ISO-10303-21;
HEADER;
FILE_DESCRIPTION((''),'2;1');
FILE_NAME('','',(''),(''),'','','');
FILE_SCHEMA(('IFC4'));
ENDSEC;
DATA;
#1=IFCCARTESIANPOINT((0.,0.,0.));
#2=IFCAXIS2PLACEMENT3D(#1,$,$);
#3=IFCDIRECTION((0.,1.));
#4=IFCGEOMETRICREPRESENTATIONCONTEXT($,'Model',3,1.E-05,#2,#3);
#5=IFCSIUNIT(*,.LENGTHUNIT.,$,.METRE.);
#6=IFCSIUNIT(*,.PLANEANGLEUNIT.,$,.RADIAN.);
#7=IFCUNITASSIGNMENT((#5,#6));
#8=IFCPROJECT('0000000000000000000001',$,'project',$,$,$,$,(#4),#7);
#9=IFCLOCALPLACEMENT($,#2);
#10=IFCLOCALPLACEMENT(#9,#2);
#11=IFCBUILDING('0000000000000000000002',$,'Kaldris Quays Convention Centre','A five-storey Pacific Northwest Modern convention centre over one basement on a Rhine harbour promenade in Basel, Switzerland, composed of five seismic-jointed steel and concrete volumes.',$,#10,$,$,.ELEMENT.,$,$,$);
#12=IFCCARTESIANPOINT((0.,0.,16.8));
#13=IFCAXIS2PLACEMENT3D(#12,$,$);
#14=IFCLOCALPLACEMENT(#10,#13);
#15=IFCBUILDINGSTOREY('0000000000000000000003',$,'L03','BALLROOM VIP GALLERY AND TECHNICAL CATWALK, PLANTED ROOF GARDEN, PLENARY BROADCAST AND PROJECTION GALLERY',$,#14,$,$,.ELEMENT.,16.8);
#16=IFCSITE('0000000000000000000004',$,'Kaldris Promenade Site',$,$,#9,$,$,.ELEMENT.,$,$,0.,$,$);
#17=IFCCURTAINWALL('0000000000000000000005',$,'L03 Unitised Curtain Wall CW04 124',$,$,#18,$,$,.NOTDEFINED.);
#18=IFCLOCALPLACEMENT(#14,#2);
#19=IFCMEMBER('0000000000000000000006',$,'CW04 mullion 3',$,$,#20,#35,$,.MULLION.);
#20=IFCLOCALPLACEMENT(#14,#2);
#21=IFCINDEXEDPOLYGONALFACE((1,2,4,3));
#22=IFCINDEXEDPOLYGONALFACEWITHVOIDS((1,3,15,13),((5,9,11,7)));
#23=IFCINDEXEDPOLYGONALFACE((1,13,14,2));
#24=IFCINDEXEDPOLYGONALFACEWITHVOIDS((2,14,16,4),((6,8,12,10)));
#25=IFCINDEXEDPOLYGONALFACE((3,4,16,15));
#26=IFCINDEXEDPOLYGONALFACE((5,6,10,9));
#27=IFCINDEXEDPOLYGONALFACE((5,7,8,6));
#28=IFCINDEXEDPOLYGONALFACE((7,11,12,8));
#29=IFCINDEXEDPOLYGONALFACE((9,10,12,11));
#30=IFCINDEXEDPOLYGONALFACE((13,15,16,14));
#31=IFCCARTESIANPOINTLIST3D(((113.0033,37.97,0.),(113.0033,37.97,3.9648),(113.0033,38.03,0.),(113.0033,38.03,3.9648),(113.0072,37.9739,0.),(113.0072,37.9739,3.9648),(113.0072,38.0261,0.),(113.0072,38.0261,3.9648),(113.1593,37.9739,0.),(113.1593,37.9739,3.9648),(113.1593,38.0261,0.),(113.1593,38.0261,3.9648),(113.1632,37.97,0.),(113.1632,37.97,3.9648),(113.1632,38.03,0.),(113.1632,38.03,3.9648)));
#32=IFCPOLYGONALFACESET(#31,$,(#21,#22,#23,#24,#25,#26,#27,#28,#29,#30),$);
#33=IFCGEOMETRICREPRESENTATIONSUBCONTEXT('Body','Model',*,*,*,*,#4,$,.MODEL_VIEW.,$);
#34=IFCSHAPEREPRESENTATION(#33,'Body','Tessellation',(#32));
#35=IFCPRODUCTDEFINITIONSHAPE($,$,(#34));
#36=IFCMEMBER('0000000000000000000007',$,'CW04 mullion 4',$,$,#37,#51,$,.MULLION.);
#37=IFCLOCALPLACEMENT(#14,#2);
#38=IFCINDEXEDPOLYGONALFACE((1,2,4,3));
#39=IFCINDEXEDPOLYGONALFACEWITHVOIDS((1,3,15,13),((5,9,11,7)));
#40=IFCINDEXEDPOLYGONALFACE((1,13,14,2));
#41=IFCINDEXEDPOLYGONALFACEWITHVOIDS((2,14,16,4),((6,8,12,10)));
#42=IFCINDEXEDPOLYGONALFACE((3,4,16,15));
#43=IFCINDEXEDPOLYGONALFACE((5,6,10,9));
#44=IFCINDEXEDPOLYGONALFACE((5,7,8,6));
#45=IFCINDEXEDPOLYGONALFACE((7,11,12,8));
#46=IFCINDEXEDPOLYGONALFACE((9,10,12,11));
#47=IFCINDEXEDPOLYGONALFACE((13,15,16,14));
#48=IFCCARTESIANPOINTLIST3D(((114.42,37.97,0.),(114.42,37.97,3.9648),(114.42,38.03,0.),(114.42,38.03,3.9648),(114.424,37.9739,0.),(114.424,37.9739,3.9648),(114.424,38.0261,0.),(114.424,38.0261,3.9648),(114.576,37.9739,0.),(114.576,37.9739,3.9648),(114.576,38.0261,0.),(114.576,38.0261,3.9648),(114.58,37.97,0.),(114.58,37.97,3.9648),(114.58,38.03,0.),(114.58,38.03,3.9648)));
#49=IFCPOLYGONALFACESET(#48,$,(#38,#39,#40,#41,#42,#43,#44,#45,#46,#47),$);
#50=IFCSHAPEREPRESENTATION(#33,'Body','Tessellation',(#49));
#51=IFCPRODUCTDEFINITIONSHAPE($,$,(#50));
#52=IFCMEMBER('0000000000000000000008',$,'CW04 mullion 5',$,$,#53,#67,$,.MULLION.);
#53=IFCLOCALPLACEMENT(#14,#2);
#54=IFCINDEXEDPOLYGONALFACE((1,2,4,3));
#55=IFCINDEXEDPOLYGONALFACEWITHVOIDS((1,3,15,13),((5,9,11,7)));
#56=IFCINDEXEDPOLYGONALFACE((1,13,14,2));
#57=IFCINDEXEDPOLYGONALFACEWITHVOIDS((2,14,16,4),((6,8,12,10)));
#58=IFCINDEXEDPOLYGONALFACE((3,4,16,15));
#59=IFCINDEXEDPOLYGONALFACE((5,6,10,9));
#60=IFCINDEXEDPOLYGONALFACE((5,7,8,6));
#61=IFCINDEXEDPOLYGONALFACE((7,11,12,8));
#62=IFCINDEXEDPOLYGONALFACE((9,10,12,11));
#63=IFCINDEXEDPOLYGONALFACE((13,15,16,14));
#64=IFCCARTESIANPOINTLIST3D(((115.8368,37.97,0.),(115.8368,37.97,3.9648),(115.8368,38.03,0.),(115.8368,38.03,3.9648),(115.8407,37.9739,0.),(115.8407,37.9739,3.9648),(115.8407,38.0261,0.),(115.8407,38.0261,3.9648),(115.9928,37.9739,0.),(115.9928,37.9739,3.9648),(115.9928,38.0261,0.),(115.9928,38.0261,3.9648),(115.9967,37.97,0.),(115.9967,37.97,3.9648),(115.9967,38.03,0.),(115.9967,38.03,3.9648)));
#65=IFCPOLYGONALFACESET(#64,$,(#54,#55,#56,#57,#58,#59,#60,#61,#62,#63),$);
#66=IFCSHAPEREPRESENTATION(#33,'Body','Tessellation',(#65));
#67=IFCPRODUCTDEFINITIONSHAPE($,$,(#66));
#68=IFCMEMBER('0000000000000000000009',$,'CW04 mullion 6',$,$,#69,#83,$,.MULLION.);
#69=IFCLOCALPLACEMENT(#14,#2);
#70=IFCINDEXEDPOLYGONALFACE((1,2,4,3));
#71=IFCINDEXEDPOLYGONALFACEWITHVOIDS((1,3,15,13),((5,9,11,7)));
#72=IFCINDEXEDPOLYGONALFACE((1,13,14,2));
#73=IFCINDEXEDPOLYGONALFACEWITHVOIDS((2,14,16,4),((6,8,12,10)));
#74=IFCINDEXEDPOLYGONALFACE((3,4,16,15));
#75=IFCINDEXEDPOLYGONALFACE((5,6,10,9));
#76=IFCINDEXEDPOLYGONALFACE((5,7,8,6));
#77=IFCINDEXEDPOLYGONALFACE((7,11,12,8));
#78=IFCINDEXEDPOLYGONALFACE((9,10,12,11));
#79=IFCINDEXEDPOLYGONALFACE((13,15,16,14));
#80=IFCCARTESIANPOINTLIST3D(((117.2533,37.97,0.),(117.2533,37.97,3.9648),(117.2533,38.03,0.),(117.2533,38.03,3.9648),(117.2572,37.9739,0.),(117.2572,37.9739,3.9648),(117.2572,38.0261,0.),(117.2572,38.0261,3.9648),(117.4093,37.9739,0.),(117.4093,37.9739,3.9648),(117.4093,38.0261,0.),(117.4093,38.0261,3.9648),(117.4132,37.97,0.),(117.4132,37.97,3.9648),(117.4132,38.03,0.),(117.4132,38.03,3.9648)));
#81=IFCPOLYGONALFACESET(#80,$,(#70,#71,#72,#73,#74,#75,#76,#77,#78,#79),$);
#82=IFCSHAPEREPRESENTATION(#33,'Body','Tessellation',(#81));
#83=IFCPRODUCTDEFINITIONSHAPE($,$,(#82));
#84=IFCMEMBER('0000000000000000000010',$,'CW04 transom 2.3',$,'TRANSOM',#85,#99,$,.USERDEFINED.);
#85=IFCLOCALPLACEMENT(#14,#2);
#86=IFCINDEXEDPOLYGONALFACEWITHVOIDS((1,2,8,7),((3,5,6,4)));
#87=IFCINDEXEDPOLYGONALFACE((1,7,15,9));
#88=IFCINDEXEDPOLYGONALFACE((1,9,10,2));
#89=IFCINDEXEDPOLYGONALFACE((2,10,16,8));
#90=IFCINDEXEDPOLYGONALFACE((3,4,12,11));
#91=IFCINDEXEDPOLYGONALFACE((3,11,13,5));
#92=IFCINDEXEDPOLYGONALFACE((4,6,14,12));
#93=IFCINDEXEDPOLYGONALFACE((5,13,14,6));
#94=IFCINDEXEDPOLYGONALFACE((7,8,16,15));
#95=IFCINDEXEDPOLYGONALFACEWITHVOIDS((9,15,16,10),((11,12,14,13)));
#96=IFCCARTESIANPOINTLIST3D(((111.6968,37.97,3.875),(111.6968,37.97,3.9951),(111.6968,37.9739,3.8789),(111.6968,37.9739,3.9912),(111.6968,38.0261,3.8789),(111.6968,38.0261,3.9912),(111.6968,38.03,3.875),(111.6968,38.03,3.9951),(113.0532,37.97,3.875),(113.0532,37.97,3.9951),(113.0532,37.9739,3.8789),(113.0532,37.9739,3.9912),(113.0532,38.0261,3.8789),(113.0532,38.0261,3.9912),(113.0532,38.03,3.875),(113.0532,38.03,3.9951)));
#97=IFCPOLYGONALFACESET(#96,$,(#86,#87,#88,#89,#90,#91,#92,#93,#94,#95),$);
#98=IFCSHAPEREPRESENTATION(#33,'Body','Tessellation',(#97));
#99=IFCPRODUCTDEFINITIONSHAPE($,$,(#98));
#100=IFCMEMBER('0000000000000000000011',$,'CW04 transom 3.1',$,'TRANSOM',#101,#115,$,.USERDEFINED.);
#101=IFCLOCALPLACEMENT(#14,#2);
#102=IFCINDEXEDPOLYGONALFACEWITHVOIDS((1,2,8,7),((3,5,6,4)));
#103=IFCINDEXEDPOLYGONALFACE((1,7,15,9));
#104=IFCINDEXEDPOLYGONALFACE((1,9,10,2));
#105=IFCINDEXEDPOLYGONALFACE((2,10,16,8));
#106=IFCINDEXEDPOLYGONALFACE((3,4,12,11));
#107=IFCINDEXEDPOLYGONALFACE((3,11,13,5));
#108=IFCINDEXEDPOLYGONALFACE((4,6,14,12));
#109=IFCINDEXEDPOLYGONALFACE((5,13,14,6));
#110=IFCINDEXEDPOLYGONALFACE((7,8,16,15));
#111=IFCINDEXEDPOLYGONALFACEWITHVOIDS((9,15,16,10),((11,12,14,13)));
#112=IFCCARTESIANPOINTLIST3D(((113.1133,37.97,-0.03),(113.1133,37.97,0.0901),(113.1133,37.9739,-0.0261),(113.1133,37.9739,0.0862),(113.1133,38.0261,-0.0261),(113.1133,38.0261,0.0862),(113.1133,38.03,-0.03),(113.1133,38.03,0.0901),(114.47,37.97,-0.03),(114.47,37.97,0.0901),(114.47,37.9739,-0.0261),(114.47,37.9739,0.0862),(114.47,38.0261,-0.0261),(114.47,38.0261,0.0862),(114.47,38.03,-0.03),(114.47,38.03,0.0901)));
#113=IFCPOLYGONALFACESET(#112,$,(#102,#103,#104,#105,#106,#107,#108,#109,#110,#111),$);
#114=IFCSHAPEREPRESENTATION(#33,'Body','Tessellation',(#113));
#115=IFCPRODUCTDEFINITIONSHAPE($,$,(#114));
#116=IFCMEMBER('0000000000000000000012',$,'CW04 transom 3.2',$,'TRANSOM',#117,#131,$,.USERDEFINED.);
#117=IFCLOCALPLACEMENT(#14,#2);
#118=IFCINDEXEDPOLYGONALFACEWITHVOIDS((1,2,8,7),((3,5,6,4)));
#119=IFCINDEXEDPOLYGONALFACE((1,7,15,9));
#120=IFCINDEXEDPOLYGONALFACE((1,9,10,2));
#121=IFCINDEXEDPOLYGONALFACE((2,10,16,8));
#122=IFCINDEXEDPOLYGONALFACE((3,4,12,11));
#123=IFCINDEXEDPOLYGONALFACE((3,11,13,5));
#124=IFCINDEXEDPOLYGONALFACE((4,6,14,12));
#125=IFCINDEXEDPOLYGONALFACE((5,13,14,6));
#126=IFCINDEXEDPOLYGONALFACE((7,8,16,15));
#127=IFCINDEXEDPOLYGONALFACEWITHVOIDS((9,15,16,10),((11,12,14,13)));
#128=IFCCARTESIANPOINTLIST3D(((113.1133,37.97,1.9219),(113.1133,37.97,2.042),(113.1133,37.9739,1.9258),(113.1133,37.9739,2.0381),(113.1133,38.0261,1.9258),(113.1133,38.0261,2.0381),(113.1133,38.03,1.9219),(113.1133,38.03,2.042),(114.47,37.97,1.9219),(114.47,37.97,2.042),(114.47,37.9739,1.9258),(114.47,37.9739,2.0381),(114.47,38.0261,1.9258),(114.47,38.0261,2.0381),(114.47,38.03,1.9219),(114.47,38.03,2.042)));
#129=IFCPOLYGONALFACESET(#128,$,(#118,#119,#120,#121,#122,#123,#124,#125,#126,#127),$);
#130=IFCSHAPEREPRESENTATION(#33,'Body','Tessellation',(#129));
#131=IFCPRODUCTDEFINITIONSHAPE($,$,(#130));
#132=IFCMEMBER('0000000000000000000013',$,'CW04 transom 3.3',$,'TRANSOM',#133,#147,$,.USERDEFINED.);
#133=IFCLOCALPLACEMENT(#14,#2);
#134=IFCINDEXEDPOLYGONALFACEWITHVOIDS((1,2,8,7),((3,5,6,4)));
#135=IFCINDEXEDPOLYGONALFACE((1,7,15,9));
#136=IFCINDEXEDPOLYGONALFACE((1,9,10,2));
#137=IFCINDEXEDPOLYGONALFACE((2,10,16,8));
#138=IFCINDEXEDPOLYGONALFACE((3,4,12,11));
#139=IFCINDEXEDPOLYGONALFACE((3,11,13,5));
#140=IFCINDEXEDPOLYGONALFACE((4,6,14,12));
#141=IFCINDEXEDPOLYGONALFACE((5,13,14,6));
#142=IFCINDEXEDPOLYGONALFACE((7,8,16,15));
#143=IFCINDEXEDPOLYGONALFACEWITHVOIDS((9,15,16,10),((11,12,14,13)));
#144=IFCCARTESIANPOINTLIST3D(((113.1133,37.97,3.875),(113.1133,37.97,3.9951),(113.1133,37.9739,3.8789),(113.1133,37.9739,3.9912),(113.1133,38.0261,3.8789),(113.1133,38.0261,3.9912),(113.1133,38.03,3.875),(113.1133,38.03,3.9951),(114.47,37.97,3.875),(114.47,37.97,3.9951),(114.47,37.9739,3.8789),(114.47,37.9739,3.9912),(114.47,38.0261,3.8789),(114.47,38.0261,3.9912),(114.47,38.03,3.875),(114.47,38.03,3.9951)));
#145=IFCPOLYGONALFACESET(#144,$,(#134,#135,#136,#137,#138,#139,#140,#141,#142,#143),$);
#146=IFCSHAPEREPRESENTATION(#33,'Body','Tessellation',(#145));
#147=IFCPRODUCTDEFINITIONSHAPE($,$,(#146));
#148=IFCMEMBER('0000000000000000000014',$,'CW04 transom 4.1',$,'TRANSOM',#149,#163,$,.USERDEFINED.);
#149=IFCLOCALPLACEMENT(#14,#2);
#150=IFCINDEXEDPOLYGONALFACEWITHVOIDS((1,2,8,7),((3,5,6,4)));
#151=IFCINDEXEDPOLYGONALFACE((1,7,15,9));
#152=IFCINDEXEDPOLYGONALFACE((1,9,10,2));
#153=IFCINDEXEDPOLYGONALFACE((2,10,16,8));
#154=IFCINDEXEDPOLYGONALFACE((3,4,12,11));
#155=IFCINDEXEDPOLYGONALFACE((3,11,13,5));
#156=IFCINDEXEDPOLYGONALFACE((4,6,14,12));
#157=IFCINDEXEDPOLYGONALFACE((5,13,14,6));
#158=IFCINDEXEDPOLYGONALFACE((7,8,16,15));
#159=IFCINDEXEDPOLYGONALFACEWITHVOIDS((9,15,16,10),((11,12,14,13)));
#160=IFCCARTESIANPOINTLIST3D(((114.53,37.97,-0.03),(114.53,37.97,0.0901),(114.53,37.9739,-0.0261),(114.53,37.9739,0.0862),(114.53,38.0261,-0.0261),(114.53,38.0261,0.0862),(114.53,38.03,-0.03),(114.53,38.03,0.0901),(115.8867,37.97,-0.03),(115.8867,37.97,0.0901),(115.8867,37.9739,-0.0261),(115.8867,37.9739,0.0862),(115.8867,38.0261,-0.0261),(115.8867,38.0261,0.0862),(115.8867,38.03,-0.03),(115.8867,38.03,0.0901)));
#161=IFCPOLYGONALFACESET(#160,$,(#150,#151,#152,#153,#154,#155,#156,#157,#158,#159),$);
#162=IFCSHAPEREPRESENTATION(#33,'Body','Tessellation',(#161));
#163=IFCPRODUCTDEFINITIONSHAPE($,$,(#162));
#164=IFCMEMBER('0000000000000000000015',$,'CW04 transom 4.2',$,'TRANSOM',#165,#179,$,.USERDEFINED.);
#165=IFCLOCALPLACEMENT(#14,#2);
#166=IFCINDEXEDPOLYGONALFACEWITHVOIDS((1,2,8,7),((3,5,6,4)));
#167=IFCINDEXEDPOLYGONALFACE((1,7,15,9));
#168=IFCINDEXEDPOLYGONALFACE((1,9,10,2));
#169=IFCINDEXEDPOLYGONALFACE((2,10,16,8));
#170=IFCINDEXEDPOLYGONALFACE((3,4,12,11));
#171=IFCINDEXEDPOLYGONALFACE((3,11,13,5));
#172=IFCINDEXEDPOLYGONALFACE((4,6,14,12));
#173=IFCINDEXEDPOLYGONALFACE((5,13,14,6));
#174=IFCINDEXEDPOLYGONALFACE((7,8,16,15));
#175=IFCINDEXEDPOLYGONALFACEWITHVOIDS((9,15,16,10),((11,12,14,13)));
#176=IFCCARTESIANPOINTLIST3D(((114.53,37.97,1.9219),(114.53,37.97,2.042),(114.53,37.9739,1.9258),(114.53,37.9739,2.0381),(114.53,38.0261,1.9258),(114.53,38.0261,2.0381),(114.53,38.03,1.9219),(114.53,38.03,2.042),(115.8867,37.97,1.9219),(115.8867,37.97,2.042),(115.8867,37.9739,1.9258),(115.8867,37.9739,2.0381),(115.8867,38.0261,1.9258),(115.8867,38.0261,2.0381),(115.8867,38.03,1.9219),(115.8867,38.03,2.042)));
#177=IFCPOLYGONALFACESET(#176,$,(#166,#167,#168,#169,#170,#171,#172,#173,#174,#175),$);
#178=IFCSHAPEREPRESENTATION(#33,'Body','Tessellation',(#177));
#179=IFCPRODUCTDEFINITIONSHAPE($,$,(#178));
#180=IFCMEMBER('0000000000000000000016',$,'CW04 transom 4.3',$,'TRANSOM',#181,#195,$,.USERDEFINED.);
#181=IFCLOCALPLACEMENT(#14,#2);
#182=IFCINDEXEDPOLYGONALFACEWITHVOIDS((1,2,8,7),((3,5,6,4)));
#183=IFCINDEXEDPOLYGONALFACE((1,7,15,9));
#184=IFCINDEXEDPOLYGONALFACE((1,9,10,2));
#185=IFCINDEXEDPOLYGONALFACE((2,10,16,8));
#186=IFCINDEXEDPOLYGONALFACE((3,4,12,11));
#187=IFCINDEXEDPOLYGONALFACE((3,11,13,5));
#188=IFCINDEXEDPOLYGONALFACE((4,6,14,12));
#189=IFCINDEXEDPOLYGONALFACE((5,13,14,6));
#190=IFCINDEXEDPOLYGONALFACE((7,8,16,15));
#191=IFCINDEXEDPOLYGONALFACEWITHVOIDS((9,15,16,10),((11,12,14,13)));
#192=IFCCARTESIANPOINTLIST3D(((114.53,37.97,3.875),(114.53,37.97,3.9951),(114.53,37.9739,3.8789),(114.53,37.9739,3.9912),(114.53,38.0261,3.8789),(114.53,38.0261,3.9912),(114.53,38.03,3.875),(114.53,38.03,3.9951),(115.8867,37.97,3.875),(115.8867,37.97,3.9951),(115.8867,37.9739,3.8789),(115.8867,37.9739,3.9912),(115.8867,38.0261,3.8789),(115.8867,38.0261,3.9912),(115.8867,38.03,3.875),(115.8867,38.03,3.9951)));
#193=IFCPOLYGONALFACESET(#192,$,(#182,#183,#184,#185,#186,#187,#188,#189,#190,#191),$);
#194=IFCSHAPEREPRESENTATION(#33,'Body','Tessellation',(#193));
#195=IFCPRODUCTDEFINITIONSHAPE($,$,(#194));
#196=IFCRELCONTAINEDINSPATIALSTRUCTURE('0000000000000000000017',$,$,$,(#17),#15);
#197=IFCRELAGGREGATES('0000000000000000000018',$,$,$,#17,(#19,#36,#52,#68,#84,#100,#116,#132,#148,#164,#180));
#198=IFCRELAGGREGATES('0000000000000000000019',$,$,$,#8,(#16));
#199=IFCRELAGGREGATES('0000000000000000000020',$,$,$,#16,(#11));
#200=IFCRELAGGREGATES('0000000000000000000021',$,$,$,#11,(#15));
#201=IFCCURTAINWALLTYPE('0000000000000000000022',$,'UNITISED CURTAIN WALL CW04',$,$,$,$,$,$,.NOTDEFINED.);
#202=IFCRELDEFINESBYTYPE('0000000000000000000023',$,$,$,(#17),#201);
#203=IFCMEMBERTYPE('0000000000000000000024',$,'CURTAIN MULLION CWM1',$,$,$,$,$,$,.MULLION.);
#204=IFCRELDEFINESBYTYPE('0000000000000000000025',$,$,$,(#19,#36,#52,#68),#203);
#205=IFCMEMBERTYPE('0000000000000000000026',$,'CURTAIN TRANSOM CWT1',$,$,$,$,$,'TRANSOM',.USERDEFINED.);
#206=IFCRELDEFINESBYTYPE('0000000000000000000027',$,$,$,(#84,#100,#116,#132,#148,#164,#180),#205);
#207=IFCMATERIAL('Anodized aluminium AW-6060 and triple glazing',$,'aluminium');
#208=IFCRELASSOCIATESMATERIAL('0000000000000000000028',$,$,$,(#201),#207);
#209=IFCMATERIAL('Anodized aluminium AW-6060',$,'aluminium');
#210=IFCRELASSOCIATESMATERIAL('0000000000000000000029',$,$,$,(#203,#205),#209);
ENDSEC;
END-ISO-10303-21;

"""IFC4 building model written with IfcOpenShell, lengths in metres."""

from ifc_helpers import new_model, si_unit, direction, frame, origin, origin_2d, place, context, subcontext, project, spatial, hollow_rectangle, extrude, material, material_profile, profile_set, type_object, element, aggregate, save


model = new_model("IFC4")

# Units and contexts
model_context = context("Model", 3, precision=1e-05, world=origin(), true_north=direction((0.0, 1.0)))
body_context = subcontext(model_context, "Body", "Model", "MODEL_VIEW")
ifc_project = project(units=[si_unit("LENGTHUNIT", "METRE"), si_unit("PLANEANGLEUNIT", "RADIAN")], contexts=[model_context])

# Site, building, storey
site_placement = place(None, origin())
site = spatial("IfcSite", under=ifc_project, at=site_placement, Name="Kaldris Promenade Site", CompositionType="ELEMENT", RefElevation=0.0)
building_placement = place(site_placement, origin())
building = spatial("IfcBuilding", under=site, at=building_placement, Name="Kaldris Quays Convention Centre", Description="A five-storey Pacific Northwest Modern convention centre over one basement on a Rhine harbour promenade in Basel, Switzerland, composed of five seismic-jointed steel and concrete volumes.", CompositionType="ELEMENT")
storey_placement = place(building_placement, frame((0.0, 0.0, 16.8)))
storey = spatial("IfcBuildingStorey", under=building, at=storey_placement, Name="L03", Description="BALLROOM VIP GALLERY AND TECHNICAL CATWALK, PLANTED ROOF GARDEN, PLENARY BROADCAST AND PROJECTION GALLERY", CompositionType="ELEMENT", Elevation=16.8)

# Curtain wall, members
ifc_material_1 = material(Name="Anodized aluminium AW-6060 and triple glazing", Category="aluminium")
curtain_wall_type = type_object("IfcCurtainWallType", Name="UNITISED CURTAIN WALL CW04", PredefinedType="NOTDEFINED", material=ifc_material_1)
curtain_wall_placement = place(storey_placement, origin())
curtain_wall = element("IfcCurtainWall", 1, at=curtain_wall_placement, inside=storey, type_object=curtain_wall_type, Name="L03 Unitised Curtain Wall CW04 124", PredefinedType="NOTDEFINED")
ifc_material_2 = material(Name="Anodized aluminium AW-6060", Category="aluminium")
ifc_material_profile_1 = material_profile(ifc_material_2, hollow_rectangle(XDim=0.0601, YDim=0.1599, WallThickness=0.0039, at=origin_2d()), Name="RHS 160x60x4")
ifc_profile_set_1 = profile_set([ifc_material_profile_1], Name="Anodized aluminium AW-6060")
member_type_1 = type_object("IfcMemberType", Name="CURTAIN MULLION CWM1", PredefinedType="MULLION", material=ifc_profile_set_1)
member_1_placement = place(storey_placement, frame((113.0833, 38.0, 0.0), z_axis=(0.0, 0.0, 1.0), x_axis=(0.0, 1.0, 0.0)))
member_1 = element("IfcMember", 2, at=member_1_placement, type_object=member_type_1, Name="CW04 mullion 3", PredefinedType="MULLION", context=body_context, shape_type="SweptSolid", body=[
    extrude(hollow_rectangle(XDim=0.0601, YDim=0.1599, WallThickness=0.0039, at=origin_2d()), origin(), (0.0, 0.0, 1.0), 3.9648),
])
member_2_placement = place(storey_placement, frame((114.5, 38.0, 0.0), z_axis=(0.0, 0.0, 1.0), x_axis=(0.0, 1.0, 0.0)))
member_2 = element("IfcMember", 3, at=member_2_placement, type_object=member_type_1, Name="CW04 mullion 4", PredefinedType="MULLION", context=body_context, shape_type="SweptSolid", body=[
    extrude(hollow_rectangle(XDim=0.0601, YDim=0.1599, WallThickness=0.0039, at=origin_2d()), origin(), (0.0, 0.0, 1.0), 3.9648),
])
member_3_placement = place(storey_placement, frame((115.9167, 38.0, 0.0), z_axis=(0.0, 0.0, 1.0), x_axis=(0.0, 1.0, 0.0)))
member_3 = element("IfcMember", 4, at=member_3_placement, type_object=member_type_1, Name="CW04 mullion 5", PredefinedType="MULLION", context=body_context, shape_type="SweptSolid", body=[
    extrude(hollow_rectangle(XDim=0.0601, YDim=0.1599, WallThickness=0.0039, at=origin_2d()), origin(), (0.0, 0.0, 1.0), 3.9648),
])
member_4_placement = place(storey_placement, frame((117.3333, 38.0, 0.0), z_axis=(0.0, 0.0, 1.0), x_axis=(0.0, 1.0, 0.0)))
member_4 = element("IfcMember", 5, at=member_4_placement, type_object=member_type_1, Name="CW04 mullion 6", PredefinedType="MULLION", context=body_context, shape_type="SweptSolid", body=[
    extrude(hollow_rectangle(XDim=0.0601, YDim=0.1599, WallThickness=0.0039, at=origin_2d()), origin(), (0.0, 0.0, 1.0), 3.9648),
])
ifc_material_profile_2 = material_profile(ifc_material_2, hollow_rectangle(XDim=0.0601, YDim=0.1201, WallThickness=0.0039, at=origin_2d()), Name="RHS 120x60x4")
ifc_profile_set_2 = profile_set([ifc_material_profile_2], Name="Anodized aluminium AW-6060")
member_type_2 = type_object("IfcMemberType", Name="CURTAIN TRANSOM CWT1", ElementType="TRANSOM", PredefinedType="USERDEFINED", material=ifc_profile_set_2)
member_5_placement = place(storey_placement, frame((111.6968, 38.0, 3.9351), z_axis=(1.0, 0.0, 0.0), x_axis=(0.0, 1.0, 0.0)))
member_5 = element("IfcMember", 6, at=member_5_placement, type_object=member_type_2, Name="CW04 transom 2.3", ObjectType="TRANSOM", PredefinedType="USERDEFINED", context=body_context, shape_type="SweptSolid", body=[
    extrude(hollow_rectangle(XDim=0.0601, YDim=0.1201, WallThickness=0.0039, at=origin_2d()), origin(), (0.0, 0.0, 1.0), 1.3564),
])
member_6_placement = place(storey_placement, frame((113.1133, 38.0, 0.03), z_axis=(1.0, 0.0, 0.0), x_axis=(0.0, 1.0, 0.0)))
member_6 = element("IfcMember", 7, at=member_6_placement, type_object=member_type_2, Name="CW04 transom 3.1", ObjectType="TRANSOM", PredefinedType="USERDEFINED", context=body_context, shape_type="SweptSolid", body=[
    extrude(hollow_rectangle(XDim=0.0601, YDim=0.1201, WallThickness=0.0039, at=origin_2d()), origin(), (0.0, 0.0, 1.0), 1.3567),
])
member_7_placement = place(storey_placement, frame((113.1133, 38.0, 1.9819), z_axis=(1.0, 0.0, 0.0), x_axis=(0.0, 1.0, 0.0)))
member_7 = element("IfcMember", 8, at=member_7_placement, type_object=member_type_2, Name="CW04 transom 3.2", ObjectType="TRANSOM", PredefinedType="USERDEFINED", context=body_context, shape_type="SweptSolid", body=[
    extrude(hollow_rectangle(XDim=0.0601, YDim=0.1201, WallThickness=0.0039, at=origin_2d()), origin(), (0.0, 0.0, 1.0), 1.3567),
])
member_8_placement = place(storey_placement, frame((113.1133, 38.0, 3.9351), z_axis=(1.0, 0.0, 0.0), x_axis=(0.0, 1.0, 0.0)))
member_8 = element("IfcMember", 9, at=member_8_placement, type_object=member_type_2, Name="CW04 transom 3.3", ObjectType="TRANSOM", PredefinedType="USERDEFINED", context=body_context, shape_type="SweptSolid", body=[
    extrude(hollow_rectangle(XDim=0.0601, YDim=0.1201, WallThickness=0.0039, at=origin_2d()), origin(), (0.0, 0.0, 1.0), 1.3567),
])
member_9_placement = place(storey_placement, frame((114.53, 38.0, 0.03), z_axis=(1.0, 0.0, 0.0), x_axis=(0.0, 1.0, 0.0)))
member_9 = element("IfcMember", 10, at=member_9_placement, type_object=member_type_2, Name="CW04 transom 4.1", ObjectType="TRANSOM", PredefinedType="USERDEFINED", context=body_context, shape_type="SweptSolid", body=[
    extrude(hollow_rectangle(XDim=0.0601, YDim=0.1201, WallThickness=0.0039, at=origin_2d()), origin(), (0.0, 0.0, 1.0), 1.3567),
])
member_10_placement = place(storey_placement, frame((114.53, 38.0, 1.9819), z_axis=(1.0, 0.0, 0.0), x_axis=(0.0, 1.0, 0.0)))
member_10 = element("IfcMember", 11, at=member_10_placement, type_object=member_type_2, Name="CW04 transom 4.2", ObjectType="TRANSOM", PredefinedType="USERDEFINED", context=body_context, shape_type="SweptSolid", body=[
    extrude(hollow_rectangle(XDim=0.0601, YDim=0.1201, WallThickness=0.0039, at=origin_2d()), origin(), (0.0, 0.0, 1.0), 1.3567),
])
member_11_placement = place(storey_placement, frame((114.53, 38.0, 3.9351), z_axis=(1.0, 0.0, 0.0), x_axis=(0.0, 1.0, 0.0)))
member_11 = element("IfcMember", 12, at=member_11_placement, type_object=member_type_2, Name="CW04 transom 4.3", ObjectType="TRANSOM", PredefinedType="USERDEFINED", context=body_context, shape_type="SweptSolid", body=[
    extrude(hollow_rectangle(XDim=0.0601, YDim=0.1201, WallThickness=0.0039, at=origin_2d()), origin(), (0.0, 0.0, 1.0), 1.3567),
])
aggregate(curtain_wall, [member_1, member_2, member_3, member_4, member_5, member_6, member_7, member_8, member_9, member_10, member_11])

save(model, "model.ifc")
